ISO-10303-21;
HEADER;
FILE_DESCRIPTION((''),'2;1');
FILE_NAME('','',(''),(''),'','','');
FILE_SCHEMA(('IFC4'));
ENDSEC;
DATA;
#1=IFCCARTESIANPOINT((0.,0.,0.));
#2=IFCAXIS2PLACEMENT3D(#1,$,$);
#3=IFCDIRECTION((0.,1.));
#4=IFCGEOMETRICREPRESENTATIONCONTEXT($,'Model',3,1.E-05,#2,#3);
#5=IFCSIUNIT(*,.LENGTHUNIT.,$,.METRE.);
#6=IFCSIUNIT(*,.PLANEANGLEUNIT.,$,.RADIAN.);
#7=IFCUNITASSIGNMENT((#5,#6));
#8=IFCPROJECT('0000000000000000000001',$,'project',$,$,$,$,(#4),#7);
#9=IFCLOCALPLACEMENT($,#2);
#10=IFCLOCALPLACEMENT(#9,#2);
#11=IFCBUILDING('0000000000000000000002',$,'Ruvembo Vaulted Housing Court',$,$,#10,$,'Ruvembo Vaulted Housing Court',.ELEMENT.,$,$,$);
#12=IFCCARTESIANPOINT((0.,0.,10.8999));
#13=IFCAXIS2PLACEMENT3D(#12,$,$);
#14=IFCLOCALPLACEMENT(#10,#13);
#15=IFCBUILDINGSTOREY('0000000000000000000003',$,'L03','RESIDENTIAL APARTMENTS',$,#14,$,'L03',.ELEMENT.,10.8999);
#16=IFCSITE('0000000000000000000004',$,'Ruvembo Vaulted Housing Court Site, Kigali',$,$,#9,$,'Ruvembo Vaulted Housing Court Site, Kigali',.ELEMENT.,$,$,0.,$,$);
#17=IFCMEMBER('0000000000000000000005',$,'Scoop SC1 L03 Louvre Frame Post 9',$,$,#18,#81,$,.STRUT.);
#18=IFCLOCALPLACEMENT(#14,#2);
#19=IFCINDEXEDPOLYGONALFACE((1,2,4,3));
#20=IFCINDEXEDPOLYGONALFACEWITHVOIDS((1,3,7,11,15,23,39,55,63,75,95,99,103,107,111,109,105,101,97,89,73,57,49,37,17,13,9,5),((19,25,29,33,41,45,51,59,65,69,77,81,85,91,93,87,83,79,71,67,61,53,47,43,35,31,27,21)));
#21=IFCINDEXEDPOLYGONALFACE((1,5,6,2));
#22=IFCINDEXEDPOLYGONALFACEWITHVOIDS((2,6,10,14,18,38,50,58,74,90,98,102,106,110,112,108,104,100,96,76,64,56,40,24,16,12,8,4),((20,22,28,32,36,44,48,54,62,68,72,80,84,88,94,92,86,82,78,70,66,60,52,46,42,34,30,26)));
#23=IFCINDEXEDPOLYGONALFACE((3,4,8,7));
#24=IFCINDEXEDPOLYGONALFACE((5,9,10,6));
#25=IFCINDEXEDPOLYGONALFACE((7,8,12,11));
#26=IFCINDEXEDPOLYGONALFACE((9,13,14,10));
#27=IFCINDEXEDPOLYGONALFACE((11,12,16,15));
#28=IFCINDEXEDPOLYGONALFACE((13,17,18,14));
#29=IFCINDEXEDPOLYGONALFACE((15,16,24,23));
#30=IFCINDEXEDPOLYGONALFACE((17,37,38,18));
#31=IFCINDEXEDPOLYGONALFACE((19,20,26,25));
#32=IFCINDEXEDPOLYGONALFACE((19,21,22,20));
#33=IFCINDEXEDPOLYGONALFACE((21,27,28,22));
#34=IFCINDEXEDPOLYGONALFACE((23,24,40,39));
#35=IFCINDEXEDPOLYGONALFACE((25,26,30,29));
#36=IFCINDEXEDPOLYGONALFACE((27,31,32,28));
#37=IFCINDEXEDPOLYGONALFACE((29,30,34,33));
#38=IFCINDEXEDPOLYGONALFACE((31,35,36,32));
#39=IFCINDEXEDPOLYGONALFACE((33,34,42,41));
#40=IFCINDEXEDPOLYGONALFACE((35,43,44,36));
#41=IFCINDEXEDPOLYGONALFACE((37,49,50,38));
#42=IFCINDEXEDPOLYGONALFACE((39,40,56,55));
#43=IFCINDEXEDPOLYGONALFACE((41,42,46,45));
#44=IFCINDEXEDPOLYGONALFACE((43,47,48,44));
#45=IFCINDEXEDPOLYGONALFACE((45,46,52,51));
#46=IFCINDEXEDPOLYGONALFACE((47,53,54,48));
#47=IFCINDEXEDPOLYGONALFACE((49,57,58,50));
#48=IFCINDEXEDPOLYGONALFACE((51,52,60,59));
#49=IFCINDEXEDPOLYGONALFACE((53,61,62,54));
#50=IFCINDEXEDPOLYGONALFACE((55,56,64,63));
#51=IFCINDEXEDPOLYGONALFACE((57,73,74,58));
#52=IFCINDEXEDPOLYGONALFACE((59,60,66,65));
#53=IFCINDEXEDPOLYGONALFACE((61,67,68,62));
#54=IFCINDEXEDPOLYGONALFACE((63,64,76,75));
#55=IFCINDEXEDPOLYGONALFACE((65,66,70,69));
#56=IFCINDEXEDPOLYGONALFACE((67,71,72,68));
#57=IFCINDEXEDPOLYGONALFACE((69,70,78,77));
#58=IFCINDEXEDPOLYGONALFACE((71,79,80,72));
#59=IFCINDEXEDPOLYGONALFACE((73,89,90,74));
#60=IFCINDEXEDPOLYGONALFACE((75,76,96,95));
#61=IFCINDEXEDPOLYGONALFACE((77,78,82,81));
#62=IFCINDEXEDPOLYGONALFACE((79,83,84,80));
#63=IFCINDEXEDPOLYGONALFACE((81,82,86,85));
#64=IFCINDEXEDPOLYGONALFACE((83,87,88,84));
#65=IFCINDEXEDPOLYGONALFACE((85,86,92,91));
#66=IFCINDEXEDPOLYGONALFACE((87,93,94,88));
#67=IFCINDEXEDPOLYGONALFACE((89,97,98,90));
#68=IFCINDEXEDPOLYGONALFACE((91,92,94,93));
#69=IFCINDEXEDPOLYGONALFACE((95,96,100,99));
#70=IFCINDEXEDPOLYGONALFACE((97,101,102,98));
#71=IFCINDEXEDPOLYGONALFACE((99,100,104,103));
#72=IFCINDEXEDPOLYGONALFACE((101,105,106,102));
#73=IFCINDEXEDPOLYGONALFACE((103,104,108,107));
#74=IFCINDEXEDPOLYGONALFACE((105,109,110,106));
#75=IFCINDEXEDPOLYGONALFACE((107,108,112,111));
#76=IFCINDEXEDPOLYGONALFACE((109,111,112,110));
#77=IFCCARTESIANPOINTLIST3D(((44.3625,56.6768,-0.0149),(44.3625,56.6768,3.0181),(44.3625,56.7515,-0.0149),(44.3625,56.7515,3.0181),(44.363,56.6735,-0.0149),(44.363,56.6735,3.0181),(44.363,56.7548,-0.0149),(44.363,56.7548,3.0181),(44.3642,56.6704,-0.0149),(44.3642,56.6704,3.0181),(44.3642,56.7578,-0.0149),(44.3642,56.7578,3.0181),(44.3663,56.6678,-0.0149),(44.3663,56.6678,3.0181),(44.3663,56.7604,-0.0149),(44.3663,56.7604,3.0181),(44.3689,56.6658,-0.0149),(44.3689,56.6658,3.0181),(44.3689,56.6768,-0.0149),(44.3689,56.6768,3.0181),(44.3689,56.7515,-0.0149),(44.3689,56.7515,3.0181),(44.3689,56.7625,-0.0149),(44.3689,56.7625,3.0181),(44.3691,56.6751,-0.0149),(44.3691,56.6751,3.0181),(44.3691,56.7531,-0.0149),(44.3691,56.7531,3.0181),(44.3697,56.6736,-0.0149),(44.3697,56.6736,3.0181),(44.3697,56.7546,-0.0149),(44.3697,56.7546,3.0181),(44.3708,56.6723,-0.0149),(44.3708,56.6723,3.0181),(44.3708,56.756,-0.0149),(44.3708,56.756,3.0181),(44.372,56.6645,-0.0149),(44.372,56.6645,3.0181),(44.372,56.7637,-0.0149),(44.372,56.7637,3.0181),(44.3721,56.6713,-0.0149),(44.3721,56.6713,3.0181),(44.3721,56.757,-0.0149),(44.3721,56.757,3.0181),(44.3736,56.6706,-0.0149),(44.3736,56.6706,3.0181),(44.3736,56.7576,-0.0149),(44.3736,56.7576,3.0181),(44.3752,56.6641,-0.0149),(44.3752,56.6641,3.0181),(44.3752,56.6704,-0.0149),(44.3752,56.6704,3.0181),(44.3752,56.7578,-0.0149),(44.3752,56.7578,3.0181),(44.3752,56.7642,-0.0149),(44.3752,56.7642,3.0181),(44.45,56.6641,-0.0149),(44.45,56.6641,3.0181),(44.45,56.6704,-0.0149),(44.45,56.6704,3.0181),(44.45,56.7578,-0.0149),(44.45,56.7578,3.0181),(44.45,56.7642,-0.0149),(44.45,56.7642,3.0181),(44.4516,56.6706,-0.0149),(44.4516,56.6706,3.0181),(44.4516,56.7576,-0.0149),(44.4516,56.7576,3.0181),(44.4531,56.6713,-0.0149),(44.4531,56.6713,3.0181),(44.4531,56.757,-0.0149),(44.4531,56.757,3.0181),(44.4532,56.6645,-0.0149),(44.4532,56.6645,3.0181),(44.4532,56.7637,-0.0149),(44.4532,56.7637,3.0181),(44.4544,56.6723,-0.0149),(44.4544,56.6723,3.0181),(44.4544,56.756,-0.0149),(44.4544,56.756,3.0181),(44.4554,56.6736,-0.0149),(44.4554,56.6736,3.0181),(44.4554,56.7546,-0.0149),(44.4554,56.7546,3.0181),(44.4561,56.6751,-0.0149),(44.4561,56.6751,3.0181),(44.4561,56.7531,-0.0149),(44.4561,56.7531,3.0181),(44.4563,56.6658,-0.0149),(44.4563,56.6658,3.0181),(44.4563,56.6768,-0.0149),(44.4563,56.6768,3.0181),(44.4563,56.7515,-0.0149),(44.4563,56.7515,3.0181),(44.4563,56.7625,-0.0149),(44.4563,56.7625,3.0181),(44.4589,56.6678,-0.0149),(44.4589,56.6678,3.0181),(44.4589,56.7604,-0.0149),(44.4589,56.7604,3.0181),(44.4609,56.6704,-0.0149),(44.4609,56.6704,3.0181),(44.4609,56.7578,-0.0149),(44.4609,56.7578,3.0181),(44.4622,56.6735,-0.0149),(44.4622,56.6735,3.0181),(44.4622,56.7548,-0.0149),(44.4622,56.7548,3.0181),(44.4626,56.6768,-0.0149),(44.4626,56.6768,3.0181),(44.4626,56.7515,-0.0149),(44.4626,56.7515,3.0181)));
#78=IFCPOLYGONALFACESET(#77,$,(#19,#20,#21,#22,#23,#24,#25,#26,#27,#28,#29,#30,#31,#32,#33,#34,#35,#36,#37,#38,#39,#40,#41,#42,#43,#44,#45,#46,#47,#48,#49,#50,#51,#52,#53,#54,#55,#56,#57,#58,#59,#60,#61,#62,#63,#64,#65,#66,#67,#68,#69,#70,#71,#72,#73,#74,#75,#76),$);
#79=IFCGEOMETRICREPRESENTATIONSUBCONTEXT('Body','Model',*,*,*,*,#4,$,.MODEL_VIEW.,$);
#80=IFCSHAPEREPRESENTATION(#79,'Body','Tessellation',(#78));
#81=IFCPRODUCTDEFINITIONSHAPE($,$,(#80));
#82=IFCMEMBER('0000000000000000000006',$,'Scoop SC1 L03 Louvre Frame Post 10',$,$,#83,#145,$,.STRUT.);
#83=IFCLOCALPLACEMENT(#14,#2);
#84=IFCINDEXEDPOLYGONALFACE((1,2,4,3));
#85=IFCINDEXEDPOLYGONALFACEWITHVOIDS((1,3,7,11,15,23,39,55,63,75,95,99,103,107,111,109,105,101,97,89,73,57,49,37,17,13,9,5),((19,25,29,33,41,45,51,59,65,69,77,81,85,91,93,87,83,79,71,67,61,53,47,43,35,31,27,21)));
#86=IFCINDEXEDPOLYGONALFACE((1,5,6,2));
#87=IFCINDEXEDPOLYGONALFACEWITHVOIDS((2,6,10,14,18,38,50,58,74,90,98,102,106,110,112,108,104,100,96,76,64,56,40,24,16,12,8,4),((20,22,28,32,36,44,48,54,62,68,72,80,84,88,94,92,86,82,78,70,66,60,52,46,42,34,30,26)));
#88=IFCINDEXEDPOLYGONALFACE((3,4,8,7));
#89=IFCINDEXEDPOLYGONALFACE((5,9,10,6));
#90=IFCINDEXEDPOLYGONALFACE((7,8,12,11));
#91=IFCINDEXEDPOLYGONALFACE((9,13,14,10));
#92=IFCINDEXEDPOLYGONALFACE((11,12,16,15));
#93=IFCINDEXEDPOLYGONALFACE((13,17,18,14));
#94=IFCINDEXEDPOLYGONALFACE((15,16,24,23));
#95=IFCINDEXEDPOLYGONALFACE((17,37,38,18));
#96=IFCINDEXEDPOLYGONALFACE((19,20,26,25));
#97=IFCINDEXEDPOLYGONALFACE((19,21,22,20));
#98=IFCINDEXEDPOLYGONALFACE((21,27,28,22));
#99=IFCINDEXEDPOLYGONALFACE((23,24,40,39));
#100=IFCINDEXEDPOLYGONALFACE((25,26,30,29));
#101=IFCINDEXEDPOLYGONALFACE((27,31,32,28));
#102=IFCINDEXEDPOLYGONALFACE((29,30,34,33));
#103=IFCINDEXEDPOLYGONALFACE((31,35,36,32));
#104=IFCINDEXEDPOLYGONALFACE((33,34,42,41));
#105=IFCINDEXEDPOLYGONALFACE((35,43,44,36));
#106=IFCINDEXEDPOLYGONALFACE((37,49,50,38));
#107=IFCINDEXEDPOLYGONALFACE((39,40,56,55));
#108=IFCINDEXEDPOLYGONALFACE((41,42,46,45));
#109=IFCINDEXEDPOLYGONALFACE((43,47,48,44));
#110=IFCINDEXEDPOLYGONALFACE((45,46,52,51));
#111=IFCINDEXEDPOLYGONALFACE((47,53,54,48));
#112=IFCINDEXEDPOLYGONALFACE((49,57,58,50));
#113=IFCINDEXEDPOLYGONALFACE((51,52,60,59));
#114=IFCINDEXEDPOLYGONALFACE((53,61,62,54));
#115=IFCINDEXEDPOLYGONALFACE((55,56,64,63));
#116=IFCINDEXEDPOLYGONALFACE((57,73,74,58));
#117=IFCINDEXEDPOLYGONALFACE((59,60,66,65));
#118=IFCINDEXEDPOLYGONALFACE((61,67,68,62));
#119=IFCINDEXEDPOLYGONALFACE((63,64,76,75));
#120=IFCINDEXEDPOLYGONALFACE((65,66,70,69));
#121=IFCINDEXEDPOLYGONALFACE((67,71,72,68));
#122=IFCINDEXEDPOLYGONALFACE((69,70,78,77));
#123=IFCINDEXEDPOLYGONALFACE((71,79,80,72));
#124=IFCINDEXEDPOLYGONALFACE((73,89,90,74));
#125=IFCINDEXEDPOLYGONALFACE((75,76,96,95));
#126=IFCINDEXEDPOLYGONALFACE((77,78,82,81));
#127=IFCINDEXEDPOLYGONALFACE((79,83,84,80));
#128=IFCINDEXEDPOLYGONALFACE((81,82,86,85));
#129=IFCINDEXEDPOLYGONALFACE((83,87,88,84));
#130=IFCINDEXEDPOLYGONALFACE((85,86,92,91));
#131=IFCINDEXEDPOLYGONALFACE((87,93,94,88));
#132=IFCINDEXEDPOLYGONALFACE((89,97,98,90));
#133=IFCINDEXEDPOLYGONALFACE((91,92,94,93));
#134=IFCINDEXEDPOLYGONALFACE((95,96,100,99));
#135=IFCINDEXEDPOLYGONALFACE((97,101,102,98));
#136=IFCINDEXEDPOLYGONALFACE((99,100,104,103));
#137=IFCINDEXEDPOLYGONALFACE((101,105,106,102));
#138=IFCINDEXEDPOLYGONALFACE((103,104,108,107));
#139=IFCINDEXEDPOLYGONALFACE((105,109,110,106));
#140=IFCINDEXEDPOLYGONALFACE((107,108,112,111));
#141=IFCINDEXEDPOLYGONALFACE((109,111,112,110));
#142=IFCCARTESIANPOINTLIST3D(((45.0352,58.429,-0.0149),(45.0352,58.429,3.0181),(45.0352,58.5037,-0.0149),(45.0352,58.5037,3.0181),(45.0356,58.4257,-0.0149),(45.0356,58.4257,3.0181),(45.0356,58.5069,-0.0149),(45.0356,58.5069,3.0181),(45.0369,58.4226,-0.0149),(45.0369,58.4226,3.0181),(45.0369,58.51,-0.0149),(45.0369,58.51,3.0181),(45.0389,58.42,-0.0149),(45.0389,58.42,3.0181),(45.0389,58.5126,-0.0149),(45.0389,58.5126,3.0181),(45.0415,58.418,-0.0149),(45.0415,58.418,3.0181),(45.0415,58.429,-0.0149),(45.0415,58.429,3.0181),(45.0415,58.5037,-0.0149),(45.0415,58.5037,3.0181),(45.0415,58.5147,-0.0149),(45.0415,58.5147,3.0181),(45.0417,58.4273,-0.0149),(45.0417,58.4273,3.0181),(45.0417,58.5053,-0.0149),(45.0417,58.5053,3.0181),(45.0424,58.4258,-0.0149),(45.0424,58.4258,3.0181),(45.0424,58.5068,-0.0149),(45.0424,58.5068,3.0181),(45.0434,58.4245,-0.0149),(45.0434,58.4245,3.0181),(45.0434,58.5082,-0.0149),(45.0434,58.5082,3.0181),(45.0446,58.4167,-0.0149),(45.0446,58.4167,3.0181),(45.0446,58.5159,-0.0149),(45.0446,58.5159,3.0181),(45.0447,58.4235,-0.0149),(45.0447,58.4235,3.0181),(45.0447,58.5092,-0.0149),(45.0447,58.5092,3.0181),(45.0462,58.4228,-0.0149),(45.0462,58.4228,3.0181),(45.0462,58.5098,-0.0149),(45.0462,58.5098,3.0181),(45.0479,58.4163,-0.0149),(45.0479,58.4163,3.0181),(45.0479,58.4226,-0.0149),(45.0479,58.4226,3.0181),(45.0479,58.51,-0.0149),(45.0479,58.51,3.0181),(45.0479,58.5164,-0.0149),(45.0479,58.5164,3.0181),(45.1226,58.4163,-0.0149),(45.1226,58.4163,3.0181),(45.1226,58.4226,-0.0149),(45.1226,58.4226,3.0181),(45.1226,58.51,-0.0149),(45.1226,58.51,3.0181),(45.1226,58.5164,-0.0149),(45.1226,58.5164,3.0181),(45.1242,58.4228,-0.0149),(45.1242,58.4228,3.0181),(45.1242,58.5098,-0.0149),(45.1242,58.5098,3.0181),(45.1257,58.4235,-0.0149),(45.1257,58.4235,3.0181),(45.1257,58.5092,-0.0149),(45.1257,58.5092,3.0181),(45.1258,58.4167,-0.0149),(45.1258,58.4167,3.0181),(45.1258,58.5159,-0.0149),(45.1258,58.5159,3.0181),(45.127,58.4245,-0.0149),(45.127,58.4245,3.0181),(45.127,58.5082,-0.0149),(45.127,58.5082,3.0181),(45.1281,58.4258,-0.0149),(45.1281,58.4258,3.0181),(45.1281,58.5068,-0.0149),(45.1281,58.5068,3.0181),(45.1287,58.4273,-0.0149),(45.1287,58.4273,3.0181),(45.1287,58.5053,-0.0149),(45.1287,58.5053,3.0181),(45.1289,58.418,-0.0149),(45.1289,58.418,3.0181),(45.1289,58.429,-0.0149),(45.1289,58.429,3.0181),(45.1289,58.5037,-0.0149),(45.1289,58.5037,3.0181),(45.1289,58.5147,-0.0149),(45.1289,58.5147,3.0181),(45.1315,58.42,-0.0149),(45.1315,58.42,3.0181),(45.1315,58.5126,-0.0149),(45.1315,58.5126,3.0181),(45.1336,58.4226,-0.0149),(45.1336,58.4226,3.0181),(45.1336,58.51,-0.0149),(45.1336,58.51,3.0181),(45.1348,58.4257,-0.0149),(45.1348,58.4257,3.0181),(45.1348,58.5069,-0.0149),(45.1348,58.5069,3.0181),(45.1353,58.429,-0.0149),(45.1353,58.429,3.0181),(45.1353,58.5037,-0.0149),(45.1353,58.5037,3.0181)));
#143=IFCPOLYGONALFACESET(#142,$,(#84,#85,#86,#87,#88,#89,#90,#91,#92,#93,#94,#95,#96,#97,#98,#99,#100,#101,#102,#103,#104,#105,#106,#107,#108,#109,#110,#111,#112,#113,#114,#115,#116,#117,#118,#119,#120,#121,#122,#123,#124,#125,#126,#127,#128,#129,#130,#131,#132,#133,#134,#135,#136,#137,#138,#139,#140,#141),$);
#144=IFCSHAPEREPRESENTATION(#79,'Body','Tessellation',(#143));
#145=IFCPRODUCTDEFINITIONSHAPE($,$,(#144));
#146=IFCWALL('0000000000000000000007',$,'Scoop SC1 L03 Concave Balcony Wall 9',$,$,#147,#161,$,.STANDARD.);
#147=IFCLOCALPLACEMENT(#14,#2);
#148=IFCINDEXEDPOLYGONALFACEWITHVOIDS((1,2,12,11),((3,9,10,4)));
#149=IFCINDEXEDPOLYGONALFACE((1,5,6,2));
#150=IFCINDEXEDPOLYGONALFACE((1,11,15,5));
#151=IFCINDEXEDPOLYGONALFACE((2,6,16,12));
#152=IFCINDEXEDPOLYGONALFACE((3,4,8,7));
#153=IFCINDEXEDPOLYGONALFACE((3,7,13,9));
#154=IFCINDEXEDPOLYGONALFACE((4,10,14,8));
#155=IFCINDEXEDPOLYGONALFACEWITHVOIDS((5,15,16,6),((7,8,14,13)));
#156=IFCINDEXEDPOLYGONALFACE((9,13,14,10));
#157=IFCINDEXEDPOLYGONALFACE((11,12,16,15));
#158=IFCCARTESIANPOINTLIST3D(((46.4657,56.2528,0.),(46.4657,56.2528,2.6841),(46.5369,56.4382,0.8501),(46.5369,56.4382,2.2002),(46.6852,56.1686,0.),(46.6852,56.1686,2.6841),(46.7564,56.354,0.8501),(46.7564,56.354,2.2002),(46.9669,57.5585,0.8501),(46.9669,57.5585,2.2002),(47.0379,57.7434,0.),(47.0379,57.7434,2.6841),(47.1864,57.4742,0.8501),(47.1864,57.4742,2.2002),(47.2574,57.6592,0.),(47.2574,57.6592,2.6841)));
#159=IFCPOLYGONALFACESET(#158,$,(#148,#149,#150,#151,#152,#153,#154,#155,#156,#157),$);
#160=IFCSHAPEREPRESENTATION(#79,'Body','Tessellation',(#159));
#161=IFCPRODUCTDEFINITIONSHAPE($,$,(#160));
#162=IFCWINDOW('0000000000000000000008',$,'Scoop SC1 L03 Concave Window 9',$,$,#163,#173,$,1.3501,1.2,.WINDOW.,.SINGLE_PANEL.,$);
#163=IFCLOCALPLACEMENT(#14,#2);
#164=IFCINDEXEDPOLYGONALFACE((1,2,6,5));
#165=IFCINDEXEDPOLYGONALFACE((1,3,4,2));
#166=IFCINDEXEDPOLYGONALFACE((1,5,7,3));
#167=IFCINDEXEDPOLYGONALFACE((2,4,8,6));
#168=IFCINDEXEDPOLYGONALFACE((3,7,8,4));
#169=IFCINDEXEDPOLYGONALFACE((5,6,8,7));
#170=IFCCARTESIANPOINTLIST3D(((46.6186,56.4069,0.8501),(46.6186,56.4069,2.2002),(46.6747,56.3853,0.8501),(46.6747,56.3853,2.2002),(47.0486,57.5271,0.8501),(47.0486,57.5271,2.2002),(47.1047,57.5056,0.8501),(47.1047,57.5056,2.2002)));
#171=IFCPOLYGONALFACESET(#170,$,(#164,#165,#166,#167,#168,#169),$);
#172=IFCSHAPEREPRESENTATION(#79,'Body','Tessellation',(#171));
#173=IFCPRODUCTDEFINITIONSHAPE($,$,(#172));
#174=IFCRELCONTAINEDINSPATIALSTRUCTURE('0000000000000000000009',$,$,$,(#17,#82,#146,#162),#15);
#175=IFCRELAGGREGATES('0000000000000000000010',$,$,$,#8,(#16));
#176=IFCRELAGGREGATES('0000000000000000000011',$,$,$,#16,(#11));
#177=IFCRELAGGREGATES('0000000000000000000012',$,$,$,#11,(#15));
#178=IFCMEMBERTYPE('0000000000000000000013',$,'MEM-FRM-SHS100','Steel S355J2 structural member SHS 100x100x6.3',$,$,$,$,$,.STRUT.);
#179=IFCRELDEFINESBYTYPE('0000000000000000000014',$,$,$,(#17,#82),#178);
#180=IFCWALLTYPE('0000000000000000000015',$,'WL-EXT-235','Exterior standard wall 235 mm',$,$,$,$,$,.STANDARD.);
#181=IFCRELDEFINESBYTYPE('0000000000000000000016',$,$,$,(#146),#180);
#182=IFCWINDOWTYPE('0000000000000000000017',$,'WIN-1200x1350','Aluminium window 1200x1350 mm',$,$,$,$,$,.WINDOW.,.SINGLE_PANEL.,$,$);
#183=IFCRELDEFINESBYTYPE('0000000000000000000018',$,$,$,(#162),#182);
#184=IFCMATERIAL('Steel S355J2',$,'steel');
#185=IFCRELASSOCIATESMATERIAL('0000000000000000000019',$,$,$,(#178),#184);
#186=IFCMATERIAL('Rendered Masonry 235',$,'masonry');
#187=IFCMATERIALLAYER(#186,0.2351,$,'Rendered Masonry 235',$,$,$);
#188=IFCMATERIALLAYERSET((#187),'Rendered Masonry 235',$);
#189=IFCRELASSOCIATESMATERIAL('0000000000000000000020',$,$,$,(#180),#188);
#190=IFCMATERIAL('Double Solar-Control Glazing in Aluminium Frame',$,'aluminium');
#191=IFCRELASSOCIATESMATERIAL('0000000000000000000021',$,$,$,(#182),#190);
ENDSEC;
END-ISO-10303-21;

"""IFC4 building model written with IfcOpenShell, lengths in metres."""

from ifc_helpers import new_model, si_unit, direction, frame, frame_2d, origin, origin_2d, place, context, subcontext, project, spatial, rectangle, hollow_rectangle, extrude, material, layer, layer_set, material_profile, profile_set, type_object, element, fill, save


model = new_model("IFC4")

# Units and contexts
model_context = context("Model", 3, precision=1e-05, world=origin(), true_north=direction((0.0, 1.0)))
body_context = subcontext(model_context, "Body", "Model", "MODEL_VIEW")
ifc_project = project(units=[si_unit("LENGTHUNIT", "METRE"), si_unit("PLANEANGLEUNIT", "RADIAN")], contexts=[model_context])

# Site, building, storey
site_placement = place(None, origin())
site = spatial("IfcSite", under=ifc_project, at=site_placement, Name="Ruvembo Vaulted Housing Court Site, Kigali", LongName="Ruvembo Vaulted Housing Court Site, Kigali", CompositionType="ELEMENT", RefElevation=0.0)
building_placement = place(site_placement, origin())
building = spatial("IfcBuilding", under=site, at=building_placement, Name="Ruvembo Vaulted Housing Court", LongName="Ruvembo Vaulted Housing Court", CompositionType="ELEMENT")
storey_placement = place(building_placement, frame((0.0, 0.0, 10.8999)))
storey = spatial("IfcBuildingStorey", under=building, at=storey_placement, Name="L03", Description="RESIDENTIAL APARTMENTS", LongName="L03", CompositionType="ELEMENT", Elevation=10.8999)

# Shared definitions
ifc_material_1 = material(Name="Steel S355J2", Category="steel")

# Members
ifc_material_profile_1 = material_profile(ifc_material_1, hollow_rectangle(XDim=0.1001, YDim=0.1001, WallThickness=0.0063, InnerFilletRadius=0.0063, OuterFilletRadius=0.0127, at=origin_2d()), Name="SHS 100x100x6.3")
ifc_profile_set_1 = profile_set([ifc_material_profile_1], Name="Steel S355J2")
member_type_1 = type_object("IfcMemberType", Name="MEM-FRM-SHS100", Description="Steel S355J2 structural member SHS 100x100x6.3", PredefinedType="STRUT", material=ifc_profile_set_1)
for number, where, z_axis, x_axis, name in (
    (1, (44.4126, 56.7141, -0.0149), (0.0, 0.0, 1.0), (1.0, 0.0, 0.0), "Scoop SC1 L03 Louvre Frame Post 9"),
    (2, (45.0852, 58.4663, -0.0149), (0.0, 0.0, 1.0), (1.0, 0.0, 0.0), "Scoop SC1 L03 Louvre Frame Post 10"),
):
    element("IfcMember", number, at=place(storey_placement, frame(where, z_axis=z_axis, x_axis=x_axis)), inside=storey, type_object=member_type_1, Name=name, PredefinedType="STRUT", context=body_context, shape_type="SweptSolid", body=[
        extrude(hollow_rectangle(XDim=0.1001, YDim=0.1001, WallThickness=0.0063, InnerFilletRadius=0.0063, OuterFilletRadius=0.0127, at=origin_2d()), origin(), (0.0, 0.0, 1.0), 3.033),
    ])

# Wall, opening, window
ifc_material_2 = material(Name="Rendered Masonry 235", Category="masonry")
ifc_layer_1 = layer(ifc_material_2, 0.2351, Name="Rendered Masonry 235")
ifc_layer_set_1 = layer_set([ifc_layer_1], Name="Rendered Masonry 235")
wall_type_1 = type_object("IfcWallType", Name="WL-EXT-235", Description="Exterior standard wall 235 mm", PredefinedType="STANDARD", material=ifc_layer_set_1)
wall_1_placement = place(storey_placement, frame((46.5754, 56.2107, 0.0), z_axis=(0.0, 0.0, 1.0), x_axis=(0.358385, 0.933574, 0.0)))
wall_1 = element("IfcWall", 3, at=wall_1_placement, inside=storey, type_object=wall_type_1, Name="Scoop SC1 L03 Concave Balcony Wall 9", PredefinedType="STANDARD", context=body_context, shape_type="SweptSolid", body=[
    extrude(rectangle(XDim=1.5967, YDim=0.2351, at=frame_2d((0.7983, 0.0))), origin(), (0.0, 0.0, 1.0), 2.6841),
])
opening_1_placement = place(wall_1_placement, frame((0.1985, 0.0, 0.8501)))
opening_1 = element("IfcOpeningElement", 4, at=opening_1_placement, cuts=wall_1, PredefinedType="OPENING", context=body_context, shape_type="SweptSolid", body=[
    extrude(rectangle(XDim=1.2, YDim=1.3501, at=frame_2d((0.6001, 0.675))), frame((0.0, 0.1274, 0.0), z_axis=(0.0, -1.0, 0.0), x_axis=(1.0, 0.0, 0.0)), (0.0, 0.0, 1.0), 0.2551),
])
ifc_material_3 = material(Name="Double Solar-Control Glazing in Aluminium Frame", Category="aluminium")
window_type_1 = type_object("IfcWindowType", Name="WIN-1200x1350", Description="Aluminium window 1200x1350 mm", PartitioningType="SINGLE_PANEL", PredefinedType="WINDOW", material=ifc_material_3)
window_1_placement = place(opening_1_placement, origin())
window_1 = element("IfcWindow", 5, at=window_1_placement, inside=storey, type_object=window_type_1, Name="Scoop SC1 L03 Concave Window 9", OverallHeight=1.3501, OverallWidth=1.2, PartitioningType="SINGLE_PANEL", PredefinedType="WINDOW", context=body_context, shape_type="SweptSolid", body=[
    extrude(rectangle(XDim=1.2, YDim=1.3501, at=frame_2d((0.6001, 0.675))), frame((0.0, 0.03, 0.0), z_axis=(0.0, -1.0, 0.0), x_axis=(1.0, 0.0, 0.0)), (0.0, 0.0, 1.0), 0.0601),
])
fill(opening_1, window_1)

save(model, "model.ifc")
